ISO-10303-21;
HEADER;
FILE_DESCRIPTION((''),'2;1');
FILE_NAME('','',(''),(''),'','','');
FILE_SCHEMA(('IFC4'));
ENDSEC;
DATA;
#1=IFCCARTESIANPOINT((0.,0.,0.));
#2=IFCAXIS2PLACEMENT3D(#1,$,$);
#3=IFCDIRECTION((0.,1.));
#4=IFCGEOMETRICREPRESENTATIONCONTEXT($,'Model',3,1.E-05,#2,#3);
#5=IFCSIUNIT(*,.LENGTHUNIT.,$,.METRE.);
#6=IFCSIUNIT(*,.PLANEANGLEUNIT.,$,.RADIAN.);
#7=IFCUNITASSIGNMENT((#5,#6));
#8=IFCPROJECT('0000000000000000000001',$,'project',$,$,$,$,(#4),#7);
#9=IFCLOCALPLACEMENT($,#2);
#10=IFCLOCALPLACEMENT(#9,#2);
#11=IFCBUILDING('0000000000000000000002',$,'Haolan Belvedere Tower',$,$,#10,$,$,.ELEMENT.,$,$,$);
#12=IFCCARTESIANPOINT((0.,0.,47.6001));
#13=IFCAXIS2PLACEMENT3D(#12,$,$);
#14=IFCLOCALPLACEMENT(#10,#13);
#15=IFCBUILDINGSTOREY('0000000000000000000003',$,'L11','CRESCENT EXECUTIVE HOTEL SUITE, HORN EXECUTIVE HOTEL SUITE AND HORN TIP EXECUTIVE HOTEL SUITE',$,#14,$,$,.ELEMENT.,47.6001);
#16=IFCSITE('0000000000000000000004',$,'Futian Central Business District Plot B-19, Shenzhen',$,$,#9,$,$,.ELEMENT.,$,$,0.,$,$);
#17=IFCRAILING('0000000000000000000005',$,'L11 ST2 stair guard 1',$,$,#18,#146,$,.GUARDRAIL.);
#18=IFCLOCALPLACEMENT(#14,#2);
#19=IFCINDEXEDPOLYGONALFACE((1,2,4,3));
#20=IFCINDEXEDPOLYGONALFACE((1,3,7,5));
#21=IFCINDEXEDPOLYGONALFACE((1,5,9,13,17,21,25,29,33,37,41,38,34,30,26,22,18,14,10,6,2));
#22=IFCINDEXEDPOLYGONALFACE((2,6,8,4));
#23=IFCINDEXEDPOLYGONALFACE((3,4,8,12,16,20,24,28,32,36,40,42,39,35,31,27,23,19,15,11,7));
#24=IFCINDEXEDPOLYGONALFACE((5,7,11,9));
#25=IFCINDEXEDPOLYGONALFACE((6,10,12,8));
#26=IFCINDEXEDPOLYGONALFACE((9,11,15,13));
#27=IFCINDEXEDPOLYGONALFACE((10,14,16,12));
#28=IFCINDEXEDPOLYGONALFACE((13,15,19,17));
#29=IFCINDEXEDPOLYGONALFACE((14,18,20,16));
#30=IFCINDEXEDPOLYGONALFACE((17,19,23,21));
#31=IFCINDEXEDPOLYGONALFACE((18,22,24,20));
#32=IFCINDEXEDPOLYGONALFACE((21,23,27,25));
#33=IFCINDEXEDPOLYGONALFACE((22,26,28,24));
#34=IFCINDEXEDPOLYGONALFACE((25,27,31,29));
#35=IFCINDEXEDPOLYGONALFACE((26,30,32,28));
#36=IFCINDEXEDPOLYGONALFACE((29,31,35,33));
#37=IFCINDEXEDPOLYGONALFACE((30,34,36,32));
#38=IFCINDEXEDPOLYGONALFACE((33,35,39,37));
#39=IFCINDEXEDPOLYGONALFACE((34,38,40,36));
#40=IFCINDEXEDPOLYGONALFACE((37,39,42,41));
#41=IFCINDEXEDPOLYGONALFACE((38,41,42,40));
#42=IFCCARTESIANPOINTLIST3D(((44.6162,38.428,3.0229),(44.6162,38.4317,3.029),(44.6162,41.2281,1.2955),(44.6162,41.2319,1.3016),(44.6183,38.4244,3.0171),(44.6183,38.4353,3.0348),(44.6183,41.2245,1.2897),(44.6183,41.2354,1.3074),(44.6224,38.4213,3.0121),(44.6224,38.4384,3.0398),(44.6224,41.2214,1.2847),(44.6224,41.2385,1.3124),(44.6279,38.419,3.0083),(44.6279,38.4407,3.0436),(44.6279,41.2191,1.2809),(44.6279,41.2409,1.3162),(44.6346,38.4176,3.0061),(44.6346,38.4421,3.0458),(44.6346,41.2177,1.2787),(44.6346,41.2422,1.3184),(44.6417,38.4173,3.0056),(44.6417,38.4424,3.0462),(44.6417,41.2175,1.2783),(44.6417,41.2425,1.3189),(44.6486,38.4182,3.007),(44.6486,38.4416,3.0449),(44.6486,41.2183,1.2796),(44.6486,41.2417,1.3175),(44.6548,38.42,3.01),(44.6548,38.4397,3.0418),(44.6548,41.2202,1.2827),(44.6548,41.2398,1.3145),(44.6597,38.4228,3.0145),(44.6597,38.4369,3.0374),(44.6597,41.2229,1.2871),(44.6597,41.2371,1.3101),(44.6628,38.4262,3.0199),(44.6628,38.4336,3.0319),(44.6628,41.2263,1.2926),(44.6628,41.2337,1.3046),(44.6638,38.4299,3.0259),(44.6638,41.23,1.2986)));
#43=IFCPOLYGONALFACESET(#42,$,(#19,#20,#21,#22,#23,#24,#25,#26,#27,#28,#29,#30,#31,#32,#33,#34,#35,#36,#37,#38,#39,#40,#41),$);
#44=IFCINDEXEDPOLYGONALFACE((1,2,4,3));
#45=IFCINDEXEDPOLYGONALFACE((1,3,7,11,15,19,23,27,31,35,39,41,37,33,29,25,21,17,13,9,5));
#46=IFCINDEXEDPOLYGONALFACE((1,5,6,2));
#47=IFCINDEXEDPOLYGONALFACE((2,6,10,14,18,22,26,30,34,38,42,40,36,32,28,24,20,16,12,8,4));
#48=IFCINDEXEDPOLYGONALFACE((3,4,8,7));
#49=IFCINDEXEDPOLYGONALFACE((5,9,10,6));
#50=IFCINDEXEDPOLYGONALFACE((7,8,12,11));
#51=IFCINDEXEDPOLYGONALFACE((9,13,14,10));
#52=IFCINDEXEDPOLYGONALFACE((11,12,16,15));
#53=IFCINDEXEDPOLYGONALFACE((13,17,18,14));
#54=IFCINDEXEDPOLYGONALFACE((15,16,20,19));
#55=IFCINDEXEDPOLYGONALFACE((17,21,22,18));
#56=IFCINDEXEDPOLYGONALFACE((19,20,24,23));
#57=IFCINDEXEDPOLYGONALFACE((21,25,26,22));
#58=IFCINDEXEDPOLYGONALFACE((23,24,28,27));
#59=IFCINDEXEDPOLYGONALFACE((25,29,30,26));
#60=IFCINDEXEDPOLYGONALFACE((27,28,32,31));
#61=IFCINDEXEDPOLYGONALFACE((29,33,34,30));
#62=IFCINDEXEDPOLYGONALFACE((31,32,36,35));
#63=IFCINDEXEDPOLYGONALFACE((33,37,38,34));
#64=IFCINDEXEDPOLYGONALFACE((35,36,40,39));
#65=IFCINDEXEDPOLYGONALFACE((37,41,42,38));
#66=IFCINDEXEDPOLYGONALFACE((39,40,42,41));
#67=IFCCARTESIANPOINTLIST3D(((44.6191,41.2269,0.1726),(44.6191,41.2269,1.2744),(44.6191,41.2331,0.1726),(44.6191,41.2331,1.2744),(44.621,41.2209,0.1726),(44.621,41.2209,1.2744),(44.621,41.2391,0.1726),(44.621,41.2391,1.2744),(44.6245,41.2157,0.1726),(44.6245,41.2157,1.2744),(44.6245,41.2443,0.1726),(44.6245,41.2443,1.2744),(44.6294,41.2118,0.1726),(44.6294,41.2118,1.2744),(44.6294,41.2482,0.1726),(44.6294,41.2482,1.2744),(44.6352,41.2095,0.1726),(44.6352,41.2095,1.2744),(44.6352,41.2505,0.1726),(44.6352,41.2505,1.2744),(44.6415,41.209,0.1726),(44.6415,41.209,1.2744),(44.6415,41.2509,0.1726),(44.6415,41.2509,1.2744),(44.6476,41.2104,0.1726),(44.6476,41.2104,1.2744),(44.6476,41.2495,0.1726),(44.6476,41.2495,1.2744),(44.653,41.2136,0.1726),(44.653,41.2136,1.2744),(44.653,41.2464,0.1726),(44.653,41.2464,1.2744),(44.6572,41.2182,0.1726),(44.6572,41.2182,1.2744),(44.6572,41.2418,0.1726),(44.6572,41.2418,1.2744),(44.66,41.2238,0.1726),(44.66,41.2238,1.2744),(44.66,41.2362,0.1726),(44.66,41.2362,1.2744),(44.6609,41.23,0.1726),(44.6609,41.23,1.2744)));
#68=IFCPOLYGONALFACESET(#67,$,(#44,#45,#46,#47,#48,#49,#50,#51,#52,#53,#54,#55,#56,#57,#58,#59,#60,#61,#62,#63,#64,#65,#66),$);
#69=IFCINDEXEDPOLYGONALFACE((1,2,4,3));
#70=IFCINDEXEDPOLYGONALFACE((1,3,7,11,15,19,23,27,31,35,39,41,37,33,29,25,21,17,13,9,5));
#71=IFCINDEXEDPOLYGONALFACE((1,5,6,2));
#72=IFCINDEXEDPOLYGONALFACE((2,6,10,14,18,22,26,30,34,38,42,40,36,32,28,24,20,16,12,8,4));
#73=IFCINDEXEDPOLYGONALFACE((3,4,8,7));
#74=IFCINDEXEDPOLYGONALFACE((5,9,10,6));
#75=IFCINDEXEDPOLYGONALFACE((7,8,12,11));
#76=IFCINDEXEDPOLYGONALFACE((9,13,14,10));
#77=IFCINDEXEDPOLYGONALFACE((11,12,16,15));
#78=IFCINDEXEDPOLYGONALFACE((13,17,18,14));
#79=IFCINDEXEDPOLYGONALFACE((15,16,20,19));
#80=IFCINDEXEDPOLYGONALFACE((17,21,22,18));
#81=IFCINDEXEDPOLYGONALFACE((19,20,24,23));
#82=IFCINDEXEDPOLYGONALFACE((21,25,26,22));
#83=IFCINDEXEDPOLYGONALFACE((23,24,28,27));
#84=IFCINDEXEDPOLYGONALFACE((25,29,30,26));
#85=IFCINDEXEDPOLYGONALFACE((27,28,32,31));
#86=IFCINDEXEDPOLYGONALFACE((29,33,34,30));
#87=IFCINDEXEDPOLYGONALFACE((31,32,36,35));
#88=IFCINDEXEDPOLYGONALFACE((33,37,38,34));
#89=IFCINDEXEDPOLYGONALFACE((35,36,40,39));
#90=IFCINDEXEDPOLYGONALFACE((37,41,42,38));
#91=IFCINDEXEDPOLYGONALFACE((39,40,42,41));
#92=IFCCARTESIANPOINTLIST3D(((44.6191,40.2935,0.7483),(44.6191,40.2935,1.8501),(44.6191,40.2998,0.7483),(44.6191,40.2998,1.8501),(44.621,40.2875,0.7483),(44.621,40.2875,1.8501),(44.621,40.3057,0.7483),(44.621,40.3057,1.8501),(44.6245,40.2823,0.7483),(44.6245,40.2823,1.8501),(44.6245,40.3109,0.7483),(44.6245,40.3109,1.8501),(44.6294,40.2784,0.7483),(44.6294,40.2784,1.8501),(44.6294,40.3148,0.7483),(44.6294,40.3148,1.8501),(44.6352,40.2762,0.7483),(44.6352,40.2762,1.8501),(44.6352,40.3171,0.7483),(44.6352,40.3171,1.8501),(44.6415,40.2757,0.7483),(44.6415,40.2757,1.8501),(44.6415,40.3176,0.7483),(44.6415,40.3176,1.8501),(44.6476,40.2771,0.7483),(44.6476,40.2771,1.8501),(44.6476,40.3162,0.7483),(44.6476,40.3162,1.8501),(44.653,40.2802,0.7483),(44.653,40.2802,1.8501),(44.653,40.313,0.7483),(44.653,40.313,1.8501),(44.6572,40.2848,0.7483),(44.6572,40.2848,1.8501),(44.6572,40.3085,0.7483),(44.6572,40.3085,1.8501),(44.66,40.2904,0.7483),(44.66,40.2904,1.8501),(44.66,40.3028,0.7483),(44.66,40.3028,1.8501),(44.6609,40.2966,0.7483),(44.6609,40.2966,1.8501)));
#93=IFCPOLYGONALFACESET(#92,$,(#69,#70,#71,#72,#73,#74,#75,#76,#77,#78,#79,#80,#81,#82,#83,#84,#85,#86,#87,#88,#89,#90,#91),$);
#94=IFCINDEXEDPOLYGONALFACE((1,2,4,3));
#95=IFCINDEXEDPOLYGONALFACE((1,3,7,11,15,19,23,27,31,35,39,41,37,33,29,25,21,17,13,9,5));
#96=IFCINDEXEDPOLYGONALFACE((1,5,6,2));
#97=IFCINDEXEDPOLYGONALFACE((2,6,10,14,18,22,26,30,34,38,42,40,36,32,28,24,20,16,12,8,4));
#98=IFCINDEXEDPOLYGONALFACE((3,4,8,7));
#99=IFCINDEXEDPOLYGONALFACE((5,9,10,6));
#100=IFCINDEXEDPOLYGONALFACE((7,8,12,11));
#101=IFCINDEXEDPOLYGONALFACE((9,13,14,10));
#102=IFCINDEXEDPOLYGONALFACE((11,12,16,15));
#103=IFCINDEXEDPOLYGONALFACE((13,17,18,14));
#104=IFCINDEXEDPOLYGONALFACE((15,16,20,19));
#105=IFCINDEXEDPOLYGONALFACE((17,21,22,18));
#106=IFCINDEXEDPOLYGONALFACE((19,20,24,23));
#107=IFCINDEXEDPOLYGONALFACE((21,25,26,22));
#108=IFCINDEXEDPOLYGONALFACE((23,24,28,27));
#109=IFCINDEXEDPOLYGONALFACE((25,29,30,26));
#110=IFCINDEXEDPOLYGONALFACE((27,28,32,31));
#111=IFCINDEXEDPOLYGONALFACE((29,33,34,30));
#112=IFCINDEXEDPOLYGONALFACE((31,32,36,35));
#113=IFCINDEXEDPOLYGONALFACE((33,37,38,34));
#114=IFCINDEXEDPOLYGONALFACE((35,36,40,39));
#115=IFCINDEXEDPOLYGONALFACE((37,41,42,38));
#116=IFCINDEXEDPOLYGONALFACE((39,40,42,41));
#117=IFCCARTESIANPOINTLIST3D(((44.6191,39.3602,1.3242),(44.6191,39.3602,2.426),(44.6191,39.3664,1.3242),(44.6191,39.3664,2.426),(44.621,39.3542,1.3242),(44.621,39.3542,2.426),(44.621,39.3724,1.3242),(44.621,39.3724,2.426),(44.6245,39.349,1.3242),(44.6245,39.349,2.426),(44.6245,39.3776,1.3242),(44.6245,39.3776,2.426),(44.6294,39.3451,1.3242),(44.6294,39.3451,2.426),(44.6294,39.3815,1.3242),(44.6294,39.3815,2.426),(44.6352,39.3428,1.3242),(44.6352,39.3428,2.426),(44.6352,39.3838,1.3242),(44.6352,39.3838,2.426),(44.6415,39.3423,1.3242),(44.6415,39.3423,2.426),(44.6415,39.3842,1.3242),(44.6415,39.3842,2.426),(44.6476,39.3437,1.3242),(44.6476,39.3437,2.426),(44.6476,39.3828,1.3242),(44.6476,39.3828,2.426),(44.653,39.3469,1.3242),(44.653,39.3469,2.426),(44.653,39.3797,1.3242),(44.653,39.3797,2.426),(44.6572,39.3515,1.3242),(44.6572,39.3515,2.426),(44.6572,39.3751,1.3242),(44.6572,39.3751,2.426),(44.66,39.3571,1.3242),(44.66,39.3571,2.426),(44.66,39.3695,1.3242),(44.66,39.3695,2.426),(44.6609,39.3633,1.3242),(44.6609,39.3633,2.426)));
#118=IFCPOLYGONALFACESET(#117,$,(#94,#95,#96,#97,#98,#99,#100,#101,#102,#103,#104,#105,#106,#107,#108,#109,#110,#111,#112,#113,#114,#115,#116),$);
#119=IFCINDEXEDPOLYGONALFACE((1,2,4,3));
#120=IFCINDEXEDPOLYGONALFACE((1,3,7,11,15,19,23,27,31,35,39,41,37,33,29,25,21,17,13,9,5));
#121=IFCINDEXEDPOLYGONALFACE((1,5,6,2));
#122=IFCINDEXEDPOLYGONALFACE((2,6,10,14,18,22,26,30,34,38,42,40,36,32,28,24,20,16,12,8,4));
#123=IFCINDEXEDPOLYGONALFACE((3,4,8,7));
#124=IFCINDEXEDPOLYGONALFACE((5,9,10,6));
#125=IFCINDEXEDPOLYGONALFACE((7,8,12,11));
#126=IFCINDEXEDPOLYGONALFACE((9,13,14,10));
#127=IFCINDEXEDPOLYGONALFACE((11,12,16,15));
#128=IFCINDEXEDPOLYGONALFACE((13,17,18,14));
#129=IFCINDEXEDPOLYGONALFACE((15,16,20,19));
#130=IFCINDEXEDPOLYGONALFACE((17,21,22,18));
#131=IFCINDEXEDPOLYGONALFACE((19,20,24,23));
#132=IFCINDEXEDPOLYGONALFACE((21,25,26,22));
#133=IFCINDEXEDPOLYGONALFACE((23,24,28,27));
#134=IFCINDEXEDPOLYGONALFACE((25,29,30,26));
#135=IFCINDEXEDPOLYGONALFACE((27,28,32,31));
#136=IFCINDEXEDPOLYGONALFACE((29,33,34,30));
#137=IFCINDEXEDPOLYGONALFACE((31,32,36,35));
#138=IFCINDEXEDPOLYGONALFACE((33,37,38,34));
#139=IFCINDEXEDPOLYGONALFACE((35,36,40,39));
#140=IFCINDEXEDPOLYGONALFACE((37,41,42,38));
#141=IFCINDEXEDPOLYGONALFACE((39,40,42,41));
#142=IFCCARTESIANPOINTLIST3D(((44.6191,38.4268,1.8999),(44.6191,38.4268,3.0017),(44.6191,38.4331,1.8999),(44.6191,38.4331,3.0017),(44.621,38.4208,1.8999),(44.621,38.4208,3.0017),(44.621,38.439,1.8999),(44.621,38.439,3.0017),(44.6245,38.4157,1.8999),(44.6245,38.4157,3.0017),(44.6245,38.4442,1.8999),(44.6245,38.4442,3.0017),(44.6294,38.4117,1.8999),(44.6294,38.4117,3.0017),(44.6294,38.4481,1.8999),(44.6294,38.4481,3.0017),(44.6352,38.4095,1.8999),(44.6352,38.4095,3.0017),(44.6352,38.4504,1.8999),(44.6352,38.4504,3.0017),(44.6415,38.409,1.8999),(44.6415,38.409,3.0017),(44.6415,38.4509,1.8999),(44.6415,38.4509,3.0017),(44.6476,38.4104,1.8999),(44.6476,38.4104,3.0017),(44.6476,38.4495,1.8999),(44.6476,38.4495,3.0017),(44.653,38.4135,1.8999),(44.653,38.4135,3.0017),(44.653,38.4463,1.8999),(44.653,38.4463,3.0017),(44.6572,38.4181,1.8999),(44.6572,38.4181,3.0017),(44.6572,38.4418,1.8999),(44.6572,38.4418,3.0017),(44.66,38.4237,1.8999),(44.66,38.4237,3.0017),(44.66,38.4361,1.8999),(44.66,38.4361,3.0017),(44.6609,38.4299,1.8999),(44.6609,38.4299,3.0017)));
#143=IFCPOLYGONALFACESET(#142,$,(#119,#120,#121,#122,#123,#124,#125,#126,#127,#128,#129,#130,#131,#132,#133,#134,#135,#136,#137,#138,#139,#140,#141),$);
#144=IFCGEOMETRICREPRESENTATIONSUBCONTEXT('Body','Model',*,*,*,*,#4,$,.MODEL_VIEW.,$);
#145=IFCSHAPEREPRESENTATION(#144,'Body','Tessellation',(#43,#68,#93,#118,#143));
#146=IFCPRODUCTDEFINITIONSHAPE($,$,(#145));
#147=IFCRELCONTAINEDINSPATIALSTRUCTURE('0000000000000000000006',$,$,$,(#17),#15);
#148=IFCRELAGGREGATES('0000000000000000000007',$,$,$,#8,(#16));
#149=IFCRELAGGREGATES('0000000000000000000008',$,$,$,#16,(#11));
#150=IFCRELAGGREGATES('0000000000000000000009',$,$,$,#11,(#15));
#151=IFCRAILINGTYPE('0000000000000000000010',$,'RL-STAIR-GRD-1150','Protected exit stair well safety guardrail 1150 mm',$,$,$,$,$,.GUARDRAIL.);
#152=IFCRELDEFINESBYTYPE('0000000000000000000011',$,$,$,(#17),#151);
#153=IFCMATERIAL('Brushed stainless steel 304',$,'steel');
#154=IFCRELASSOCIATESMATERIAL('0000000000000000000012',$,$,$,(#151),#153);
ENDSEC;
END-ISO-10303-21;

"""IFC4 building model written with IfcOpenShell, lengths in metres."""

from ifc_helpers import new_model, si_unit, direction, frame, origin, origin_2d, place, context, subcontext, project, spatial, circle, extrude, material, type_object, element, save


model = new_model("IFC4")

# Units and contexts
model_context = context("Model", 3, precision=1e-05, world=origin(), true_north=direction((0.0, 1.0)))
body_context = subcontext(model_context, "Body", "Model", "MODEL_VIEW")
ifc_project = project(units=[si_unit("LENGTHUNIT", "METRE"), si_unit("PLANEANGLEUNIT", "RADIAN")], contexts=[model_context])

# Site, building, storey
site_placement = place(None, origin())
site = spatial("IfcSite", under=ifc_project, at=site_placement, Name="Futian Central Business District Plot B-19, Shenzhen", CompositionType="ELEMENT", RefElevation=0.0)
building_placement = place(site_placement, origin())
building = spatial("IfcBuilding", under=site, at=building_placement, Name="Haolan Belvedere Tower", CompositionType="ELEMENT")
storey_placement = place(building_placement, frame((0.0, 0.0, 47.6001)))
storey = spatial("IfcBuildingStorey", under=building, at=storey_placement, Name="L11", Description="CRESCENT EXECUTIVE HOTEL SUITE, HORN EXECUTIVE HOTEL SUITE AND HORN TIP EXECUTIVE HOTEL SUITE", CompositionType="ELEMENT", Elevation=47.6001)

# Railing
ifc_material_1 = material(Name="Brushed stainless steel 304", Category="steel")
railing_type_1 = type_object("IfcRailingType", Name="RL-STAIR-GRD-1150", Description="Protected exit stair well safety guardrail 1150 mm", PredefinedType="GUARDRAIL", material=ifc_material_1)
railing_1_placement = place(storey_placement, frame((44.6399, 41.23, 0.1726)))
element("IfcRailing", 1, at=railing_1_placement, inside=storey, type_object=railing_type_1, Name="L11 ST2 stair guard 1", PredefinedType="GUARDRAIL", context=body_context, shape_type="SweptSolid", body=[
    extrude(circle(Radius=0.0239, at=origin_2d()), frame((0.0, 0.0, 1.126), z_axis=(0.0, -0.85109, 0.52502), x_axis=(1.0, 0.0, 0.0)), (0.0, 0.0, 1.0), 3.29),
    extrude(circle(Radius=0.021, at=origin_2d()), origin(), (0.0, 0.0, 1.0), 1.1018),
    extrude(circle(Radius=0.021, at=origin_2d()), frame((0.0, -0.9333, 0.5757)), (0.0, 0.0, 1.0), 1.1018),
    extrude(circle(Radius=0.021, at=origin_2d()), frame((0.0, -1.8667, 1.1516)), (0.0, 0.0, 1.0), 1.1018),
    extrude(circle(Radius=0.021, at=origin_2d()), frame((0.0, -2.8, 1.7273)), (0.0, 0.0, 1.0), 1.1018),
])

save(model, "model.ifc")
